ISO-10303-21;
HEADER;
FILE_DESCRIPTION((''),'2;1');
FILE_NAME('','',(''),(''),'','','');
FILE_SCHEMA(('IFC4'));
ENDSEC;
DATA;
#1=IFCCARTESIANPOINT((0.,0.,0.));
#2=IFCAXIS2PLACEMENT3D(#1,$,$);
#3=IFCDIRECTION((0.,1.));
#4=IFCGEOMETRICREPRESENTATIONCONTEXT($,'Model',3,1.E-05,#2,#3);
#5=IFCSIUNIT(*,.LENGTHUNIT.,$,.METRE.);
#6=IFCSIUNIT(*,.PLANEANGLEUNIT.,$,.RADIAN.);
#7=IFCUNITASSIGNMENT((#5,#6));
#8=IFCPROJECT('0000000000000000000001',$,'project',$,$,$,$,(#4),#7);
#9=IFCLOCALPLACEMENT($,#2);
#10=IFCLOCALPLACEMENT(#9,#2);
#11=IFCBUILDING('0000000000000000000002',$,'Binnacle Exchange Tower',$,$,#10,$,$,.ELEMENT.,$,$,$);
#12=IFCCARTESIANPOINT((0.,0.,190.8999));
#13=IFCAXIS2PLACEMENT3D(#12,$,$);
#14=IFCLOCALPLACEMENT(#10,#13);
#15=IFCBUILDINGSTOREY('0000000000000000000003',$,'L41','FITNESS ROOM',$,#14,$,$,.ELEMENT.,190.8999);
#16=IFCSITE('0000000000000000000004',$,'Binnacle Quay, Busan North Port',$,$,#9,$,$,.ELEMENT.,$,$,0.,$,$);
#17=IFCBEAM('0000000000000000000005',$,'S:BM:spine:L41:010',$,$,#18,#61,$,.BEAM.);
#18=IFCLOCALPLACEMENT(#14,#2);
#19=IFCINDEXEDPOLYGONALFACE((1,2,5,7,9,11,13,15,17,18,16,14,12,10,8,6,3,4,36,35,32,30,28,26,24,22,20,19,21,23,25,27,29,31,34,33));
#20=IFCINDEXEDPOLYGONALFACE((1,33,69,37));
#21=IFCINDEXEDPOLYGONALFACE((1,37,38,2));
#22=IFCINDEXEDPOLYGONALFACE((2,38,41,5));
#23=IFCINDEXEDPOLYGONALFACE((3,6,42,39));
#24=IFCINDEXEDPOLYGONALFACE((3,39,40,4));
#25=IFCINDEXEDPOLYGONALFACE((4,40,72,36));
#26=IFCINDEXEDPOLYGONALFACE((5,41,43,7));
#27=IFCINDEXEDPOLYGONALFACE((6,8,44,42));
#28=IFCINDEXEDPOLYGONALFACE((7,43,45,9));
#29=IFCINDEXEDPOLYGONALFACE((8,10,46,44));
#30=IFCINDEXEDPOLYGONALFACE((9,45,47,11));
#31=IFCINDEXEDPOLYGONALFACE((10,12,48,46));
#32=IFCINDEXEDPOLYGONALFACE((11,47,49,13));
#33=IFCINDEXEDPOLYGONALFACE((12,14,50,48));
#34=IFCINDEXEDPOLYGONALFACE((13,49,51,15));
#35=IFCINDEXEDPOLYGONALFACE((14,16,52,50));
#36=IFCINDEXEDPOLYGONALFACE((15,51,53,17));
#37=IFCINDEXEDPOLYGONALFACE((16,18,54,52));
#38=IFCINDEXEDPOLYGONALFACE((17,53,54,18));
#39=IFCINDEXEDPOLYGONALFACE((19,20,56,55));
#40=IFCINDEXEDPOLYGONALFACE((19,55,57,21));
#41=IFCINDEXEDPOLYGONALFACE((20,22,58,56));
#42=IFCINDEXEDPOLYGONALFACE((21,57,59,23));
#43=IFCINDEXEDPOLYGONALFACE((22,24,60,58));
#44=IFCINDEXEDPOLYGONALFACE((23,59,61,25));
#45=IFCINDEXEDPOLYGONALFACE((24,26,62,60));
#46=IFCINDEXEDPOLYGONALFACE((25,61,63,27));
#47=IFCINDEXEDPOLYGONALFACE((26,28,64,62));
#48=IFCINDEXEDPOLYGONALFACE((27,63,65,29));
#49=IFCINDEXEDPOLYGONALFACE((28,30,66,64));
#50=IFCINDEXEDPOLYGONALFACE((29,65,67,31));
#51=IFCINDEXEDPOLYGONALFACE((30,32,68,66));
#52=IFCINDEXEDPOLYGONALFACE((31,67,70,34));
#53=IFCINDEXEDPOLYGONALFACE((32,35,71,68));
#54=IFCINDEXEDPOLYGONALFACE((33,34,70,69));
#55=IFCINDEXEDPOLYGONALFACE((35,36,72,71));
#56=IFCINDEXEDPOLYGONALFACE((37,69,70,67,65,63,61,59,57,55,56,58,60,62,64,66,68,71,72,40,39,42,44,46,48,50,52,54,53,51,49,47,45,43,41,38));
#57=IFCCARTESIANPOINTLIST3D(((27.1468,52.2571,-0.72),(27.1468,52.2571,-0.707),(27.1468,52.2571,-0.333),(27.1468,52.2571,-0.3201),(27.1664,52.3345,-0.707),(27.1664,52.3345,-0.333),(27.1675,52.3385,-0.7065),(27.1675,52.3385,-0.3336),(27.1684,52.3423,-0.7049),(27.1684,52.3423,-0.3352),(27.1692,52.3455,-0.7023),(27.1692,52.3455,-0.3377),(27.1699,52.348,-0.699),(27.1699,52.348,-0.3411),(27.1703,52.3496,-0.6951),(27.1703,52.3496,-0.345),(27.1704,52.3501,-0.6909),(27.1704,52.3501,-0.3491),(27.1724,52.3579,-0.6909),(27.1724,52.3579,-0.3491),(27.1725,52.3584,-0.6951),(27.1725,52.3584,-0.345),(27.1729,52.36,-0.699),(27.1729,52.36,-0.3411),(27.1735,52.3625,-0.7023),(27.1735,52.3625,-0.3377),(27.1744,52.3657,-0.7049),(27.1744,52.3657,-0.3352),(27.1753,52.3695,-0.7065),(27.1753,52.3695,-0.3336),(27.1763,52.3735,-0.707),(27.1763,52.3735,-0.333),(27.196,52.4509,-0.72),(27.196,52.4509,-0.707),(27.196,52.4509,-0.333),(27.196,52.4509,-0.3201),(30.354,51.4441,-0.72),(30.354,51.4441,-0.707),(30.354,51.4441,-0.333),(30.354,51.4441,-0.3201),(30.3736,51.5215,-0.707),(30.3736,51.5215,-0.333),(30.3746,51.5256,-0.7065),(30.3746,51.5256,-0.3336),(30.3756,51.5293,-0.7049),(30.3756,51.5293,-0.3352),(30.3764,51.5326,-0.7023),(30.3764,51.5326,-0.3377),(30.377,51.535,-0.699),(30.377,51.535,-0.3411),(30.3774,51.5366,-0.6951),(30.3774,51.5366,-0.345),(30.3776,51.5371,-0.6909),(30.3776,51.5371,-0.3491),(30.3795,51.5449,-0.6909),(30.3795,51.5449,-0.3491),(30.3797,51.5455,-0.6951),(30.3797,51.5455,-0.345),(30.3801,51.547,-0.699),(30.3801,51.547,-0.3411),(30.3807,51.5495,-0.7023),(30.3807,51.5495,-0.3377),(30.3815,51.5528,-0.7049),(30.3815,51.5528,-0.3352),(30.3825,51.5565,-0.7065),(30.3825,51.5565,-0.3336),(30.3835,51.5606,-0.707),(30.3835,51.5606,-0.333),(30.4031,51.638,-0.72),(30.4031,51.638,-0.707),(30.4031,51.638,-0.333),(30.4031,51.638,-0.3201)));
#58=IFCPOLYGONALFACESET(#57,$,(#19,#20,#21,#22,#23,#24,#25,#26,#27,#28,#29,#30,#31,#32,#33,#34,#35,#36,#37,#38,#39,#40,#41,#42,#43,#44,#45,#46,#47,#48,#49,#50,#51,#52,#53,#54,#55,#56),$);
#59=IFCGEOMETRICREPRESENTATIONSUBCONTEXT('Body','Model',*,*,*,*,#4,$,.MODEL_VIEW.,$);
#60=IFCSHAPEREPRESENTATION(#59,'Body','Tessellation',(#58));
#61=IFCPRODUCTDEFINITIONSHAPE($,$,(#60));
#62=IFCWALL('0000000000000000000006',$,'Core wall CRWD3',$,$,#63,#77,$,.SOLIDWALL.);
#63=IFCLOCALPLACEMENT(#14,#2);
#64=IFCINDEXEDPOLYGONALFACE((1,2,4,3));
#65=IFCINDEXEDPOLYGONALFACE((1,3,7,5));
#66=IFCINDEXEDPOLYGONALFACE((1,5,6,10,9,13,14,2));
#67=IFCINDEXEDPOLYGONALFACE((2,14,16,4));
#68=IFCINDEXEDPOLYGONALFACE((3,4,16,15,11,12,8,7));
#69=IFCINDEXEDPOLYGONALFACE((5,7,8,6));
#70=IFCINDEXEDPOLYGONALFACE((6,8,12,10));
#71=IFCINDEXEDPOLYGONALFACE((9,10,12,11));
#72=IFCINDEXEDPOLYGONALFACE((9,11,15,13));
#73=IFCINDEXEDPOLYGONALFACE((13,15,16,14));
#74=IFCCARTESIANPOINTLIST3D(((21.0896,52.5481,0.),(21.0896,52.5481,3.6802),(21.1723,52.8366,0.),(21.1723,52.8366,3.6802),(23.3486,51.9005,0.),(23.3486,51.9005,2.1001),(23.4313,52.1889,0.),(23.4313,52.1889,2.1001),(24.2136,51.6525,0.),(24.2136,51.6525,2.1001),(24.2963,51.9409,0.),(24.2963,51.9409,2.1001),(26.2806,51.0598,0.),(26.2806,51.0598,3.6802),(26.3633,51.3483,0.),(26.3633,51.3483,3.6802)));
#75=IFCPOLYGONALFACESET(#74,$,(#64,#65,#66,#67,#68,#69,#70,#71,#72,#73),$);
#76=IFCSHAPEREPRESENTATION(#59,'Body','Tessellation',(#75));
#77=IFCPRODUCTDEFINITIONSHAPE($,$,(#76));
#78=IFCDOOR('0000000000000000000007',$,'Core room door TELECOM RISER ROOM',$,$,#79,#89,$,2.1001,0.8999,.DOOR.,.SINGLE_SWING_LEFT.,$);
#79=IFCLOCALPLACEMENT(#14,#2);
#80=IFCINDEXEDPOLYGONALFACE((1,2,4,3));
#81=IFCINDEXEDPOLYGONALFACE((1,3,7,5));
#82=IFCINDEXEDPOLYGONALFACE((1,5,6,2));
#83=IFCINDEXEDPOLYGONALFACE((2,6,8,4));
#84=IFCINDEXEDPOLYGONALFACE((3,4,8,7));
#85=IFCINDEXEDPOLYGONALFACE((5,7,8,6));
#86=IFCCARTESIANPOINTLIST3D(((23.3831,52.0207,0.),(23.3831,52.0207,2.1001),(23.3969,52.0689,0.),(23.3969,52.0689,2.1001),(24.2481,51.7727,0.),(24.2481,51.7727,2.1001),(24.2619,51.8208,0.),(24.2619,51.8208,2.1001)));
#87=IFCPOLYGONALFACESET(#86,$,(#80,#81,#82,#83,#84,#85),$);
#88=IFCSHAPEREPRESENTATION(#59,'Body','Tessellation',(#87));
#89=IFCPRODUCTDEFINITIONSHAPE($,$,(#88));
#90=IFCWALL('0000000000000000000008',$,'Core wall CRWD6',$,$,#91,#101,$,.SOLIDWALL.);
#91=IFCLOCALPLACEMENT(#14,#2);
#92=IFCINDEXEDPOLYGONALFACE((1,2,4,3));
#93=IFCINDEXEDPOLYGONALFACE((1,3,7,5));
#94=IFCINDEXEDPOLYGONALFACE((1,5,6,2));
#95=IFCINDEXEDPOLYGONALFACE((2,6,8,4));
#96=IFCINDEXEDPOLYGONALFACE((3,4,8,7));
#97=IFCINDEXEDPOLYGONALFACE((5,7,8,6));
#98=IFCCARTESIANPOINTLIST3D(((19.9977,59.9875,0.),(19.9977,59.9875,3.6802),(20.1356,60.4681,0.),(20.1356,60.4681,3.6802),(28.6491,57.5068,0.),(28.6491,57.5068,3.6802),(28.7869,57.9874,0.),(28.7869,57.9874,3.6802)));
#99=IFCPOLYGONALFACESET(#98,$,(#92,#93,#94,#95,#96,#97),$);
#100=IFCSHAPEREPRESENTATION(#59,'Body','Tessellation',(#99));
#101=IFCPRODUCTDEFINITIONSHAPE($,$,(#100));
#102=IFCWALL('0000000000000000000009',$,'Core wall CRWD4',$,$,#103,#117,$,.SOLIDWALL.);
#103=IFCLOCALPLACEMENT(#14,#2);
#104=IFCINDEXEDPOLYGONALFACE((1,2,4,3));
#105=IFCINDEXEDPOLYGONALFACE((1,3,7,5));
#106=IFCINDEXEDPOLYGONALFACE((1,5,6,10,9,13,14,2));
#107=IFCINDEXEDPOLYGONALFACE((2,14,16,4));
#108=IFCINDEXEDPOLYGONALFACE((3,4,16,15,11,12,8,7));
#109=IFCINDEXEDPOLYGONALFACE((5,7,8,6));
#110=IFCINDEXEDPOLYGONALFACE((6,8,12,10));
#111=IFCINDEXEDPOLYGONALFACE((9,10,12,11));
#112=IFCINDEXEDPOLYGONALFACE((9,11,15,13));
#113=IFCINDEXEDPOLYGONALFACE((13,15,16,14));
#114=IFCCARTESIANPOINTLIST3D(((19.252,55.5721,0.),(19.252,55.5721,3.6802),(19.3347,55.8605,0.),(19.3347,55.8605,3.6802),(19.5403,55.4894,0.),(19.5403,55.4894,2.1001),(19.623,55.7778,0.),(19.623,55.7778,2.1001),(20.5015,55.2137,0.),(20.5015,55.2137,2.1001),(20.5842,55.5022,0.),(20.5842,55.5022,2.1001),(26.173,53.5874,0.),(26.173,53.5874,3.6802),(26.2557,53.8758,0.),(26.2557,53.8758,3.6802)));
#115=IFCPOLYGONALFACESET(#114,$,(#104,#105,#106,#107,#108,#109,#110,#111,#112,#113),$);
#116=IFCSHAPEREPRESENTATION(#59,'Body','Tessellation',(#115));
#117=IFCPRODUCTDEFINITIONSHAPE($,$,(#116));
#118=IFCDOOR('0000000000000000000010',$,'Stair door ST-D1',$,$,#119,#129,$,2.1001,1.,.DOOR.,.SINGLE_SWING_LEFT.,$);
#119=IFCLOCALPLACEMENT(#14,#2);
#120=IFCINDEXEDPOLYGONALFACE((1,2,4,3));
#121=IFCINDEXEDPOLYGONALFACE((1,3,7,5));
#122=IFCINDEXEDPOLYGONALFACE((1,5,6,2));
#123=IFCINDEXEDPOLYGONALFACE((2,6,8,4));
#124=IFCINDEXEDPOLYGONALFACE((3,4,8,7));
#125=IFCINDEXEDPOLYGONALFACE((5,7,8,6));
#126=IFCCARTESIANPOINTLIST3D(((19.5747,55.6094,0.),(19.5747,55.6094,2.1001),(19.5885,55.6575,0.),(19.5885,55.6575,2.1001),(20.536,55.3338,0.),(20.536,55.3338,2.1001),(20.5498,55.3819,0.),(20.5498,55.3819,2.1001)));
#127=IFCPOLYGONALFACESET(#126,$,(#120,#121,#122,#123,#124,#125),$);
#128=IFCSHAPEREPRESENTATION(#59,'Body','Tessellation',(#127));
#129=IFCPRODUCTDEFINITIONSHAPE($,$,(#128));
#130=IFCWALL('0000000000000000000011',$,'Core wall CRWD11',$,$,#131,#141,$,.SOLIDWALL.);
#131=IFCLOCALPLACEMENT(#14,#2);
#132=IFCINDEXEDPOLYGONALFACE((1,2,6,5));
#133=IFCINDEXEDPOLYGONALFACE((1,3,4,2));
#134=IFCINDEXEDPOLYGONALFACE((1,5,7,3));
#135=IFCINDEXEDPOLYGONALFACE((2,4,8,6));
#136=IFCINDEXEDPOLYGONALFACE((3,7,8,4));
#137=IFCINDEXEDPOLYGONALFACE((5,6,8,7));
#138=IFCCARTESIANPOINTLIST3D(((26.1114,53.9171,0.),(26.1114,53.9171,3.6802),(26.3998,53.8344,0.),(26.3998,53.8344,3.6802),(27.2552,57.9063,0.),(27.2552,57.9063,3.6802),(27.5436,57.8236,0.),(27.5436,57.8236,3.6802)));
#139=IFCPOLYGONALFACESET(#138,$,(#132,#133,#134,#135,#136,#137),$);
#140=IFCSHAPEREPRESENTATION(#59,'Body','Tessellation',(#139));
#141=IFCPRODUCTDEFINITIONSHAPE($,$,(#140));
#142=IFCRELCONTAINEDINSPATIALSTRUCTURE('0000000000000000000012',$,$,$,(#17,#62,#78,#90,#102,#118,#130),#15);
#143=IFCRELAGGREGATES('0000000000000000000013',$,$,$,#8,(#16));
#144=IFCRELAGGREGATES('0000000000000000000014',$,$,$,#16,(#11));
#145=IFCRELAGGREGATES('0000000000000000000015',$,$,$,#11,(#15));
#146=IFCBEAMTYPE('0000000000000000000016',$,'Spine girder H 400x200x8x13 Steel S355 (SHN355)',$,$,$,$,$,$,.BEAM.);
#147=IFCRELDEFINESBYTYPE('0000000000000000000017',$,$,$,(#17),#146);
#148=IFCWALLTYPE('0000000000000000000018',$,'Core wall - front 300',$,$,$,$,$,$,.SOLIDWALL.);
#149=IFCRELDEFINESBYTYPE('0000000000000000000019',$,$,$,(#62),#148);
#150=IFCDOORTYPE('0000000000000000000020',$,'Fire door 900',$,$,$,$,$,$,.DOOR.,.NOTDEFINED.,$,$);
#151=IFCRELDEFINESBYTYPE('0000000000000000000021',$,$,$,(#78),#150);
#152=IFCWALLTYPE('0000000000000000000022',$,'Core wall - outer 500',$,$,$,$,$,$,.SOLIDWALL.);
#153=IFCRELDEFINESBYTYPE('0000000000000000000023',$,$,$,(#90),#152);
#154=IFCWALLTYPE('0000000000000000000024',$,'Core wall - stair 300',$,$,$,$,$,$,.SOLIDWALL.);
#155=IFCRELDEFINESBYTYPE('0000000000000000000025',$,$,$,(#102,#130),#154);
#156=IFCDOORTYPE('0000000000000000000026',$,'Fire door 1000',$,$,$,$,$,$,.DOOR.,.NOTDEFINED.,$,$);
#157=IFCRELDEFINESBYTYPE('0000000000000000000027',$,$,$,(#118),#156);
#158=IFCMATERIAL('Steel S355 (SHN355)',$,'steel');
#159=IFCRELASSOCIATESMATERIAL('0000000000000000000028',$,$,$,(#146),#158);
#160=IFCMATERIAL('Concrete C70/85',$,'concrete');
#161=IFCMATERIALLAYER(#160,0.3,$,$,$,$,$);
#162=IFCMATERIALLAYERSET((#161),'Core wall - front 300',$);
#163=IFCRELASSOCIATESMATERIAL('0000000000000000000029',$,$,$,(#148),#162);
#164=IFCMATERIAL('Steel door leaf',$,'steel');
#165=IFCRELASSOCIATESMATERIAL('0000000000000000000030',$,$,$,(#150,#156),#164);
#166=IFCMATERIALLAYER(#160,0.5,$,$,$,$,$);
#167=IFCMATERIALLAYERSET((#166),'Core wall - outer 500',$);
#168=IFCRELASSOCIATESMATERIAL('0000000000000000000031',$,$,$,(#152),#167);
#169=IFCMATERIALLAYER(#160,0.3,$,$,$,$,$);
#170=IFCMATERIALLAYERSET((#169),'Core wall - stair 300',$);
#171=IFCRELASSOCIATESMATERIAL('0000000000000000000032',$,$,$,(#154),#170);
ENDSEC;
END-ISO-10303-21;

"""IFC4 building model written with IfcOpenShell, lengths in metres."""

from ifc_helpers import new_model, si_unit, direction, frame, frame_2d, origin, origin_2d, place, context, subcontext, project, spatial, rectangle, i_section, extrude, material, layer, layer_set, material_profile, profile_set, type_object, element, fill, save


model = new_model("IFC4")

# Units and contexts
model_context = context("Model", 3, precision=1e-05, world=origin(), true_north=direction((0.0, 1.0)))
body_context = subcontext(model_context, "Body", "Model", "MODEL_VIEW")
ifc_project = project(units=[si_unit("LENGTHUNIT", "METRE"), si_unit("PLANEANGLEUNIT", "RADIAN")], contexts=[model_context])

# Site, building, storey
site_placement = place(None, origin())
site = spatial("IfcSite", under=ifc_project, at=site_placement, Name="Binnacle Quay, Busan North Port", CompositionType="ELEMENT", RefElevation=0.0)
building_placement = place(site_placement, origin())
building = spatial("IfcBuilding", under=site, at=building_placement, Name="Binnacle Exchange Tower", CompositionType="ELEMENT")
storey_placement = place(building_placement, frame((0.0, 0.0, 190.8999)))
storey = spatial("IfcBuildingStorey", under=building, at=storey_placement, Name="L41", Description="FITNESS ROOM", CompositionType="ELEMENT", Elevation=190.8999)

# Shared definitions
ifc_material_1 = material(Name="Concrete C70/85", Category="concrete")

# Beam
ifc_material_2 = material(Name="Steel S355 (SHN355)", Category="steel")
ifc_material_profile_1 = material_profile(ifc_material_2, i_section(OverallWidth=0.2, OverallDepth=0.3999, WebThickness=0.0081, FlangeThickness=0.0129, FilletRadius=0.0161, at=origin_2d()), Name="H 400x200x8x13")
ifc_profile_set_1 = profile_set([ifc_material_profile_1], Name="Steel S355 (SHN355)")
beam_type_1 = type_object("IfcBeamType", Name="Spine girder H 400x200x8x13 Steel S355 (SHN355)", PredefinedType="BEAM", material=ifc_profile_set_1)
beam_1_placement = place(storey_placement, frame((27.1714, 52.354, -0.52), z_axis=(0.969343, -0.245712, 0.0), x_axis=(0.245712, 0.969343, 0.0)))
element("IfcBeam", 1, at=beam_1_placement, inside=storey, type_object=beam_type_1, Name="S:BM:spine:L41:010", PredefinedType="BEAM", context=body_context, shape_type="SweptSolid", body=[
    extrude(i_section(OverallWidth=0.2, OverallDepth=0.3999, WebThickness=0.0081, FlangeThickness=0.0129, FilletRadius=0.0161, at=origin_2d()), origin(), (0.0, 0.0, 1.0), 3.3086),
])

# Wall, opening, door
ifc_layer_1 = layer(ifc_material_1, 0.3)
ifc_layer_set_1 = layer_set([ifc_layer_1], Name="Core wall - front 300")
wall_type_1 = type_object("IfcWallType", Name="Core wall - front 300", PredefinedType="SOLIDWALL", material=ifc_layer_set_1)
wall_1_placement = place(storey_placement, frame((21.1309, 52.6924, 0.0), z_axis=(0.0, 0.0, 1.0), x_axis=(0.961271, -0.275605, 0.0)))
wall_1 = element("IfcWall", 2, at=wall_1_placement, inside=storey, type_object=wall_type_1, Name="Core wall CRWD3", PredefinedType="SOLIDWALL", context=body_context, shape_type="SweptSolid", body=[
    extrude(rectangle(XDim=5.4001, YDim=0.3, at=frame_2d((2.7002, 0.0))), origin(), (0.0, 0.0, 1.0), 3.6802),
])
opening_1_placement = place(wall_1_placement, frame((2.3501, 0.0, 0.0)))
opening_1 = element("IfcOpeningElement", 3, at=opening_1_placement, cuts=wall_1, PredefinedType="OPENING", context=body_context, shape_type="SweptSolid", body=[
    extrude(rectangle(XDim=0.8999, YDim=2.1001, at=frame_2d((0.45, 1.05))), frame((0.0, 0.1599, 0.0), z_axis=(0.0, -1.0, 0.0), x_axis=(1.0, 0.0, 0.0)), (0.0, 0.0, 1.0), 0.3201),
])
ifc_material_3 = material(Name="Steel door leaf", Category="steel")
door_type_1 = type_object("IfcDoorType", Name="Fire door 900", OperationType="NOTDEFINED", PredefinedType="DOOR", material=ifc_material_3)
door_1_placement = place(opening_1_placement, frame((0.8999, 0.0, 0.0), z_axis=(0.0, 0.0, 1.0), x_axis=(-1.0, 0.0, 0.0)))
door_1 = element("IfcDoor", 4, at=door_1_placement, inside=storey, type_object=door_type_1, Name="Core room door TELECOM RISER ROOM", OperationType="SINGLE_SWING_LEFT", OverallHeight=2.1001, OverallWidth=0.8999, PredefinedType="DOOR", context=body_context, shape_type="SweptSolid", body=[
    extrude(rectangle(XDim=0.8999, YDim=2.1001, at=frame_2d((0.45, 1.05))), frame((0.0, 0.0249, 0.0), z_axis=(0.0, -1.0, 0.0), x_axis=(1.0, 0.0, 0.0)), (0.0, 0.0, 1.0), 0.05),
])
fill(opening_1, door_1)

# Wall
ifc_layer_2 = layer(ifc_material_1, 0.5)
ifc_layer_set_2 = layer_set([ifc_layer_2], Name="Core wall - outer 500")
wall_type_2 = type_object("IfcWallType", Name="Core wall - outer 500", PredefinedType="SOLIDWALL", material=ifc_layer_set_2)
wall_2_placement = place(storey_placement, frame((20.0667, 60.2278, 0.0), z_axis=(0.0, 0.0, 1.0), x_axis=(0.961262, -0.275635, 0.0)))
element("IfcWall", 5, at=wall_2_placement, inside=storey, type_object=wall_type_2, Name="Core wall CRWD6", PredefinedType="SOLIDWALL", context=body_context, shape_type="SweptSolid", body=[
    extrude(rectangle(XDim=9.0, YDim=0.5, at=frame_2d((4.5, 0.0))), origin(), (0.0, 0.0, 1.0), 3.6802),
])

# Wall, opening, door
ifc_layer_3 = layer(ifc_material_1, 0.3)
ifc_layer_set_3 = layer_set([ifc_layer_3], Name="Core wall - stair 300")
wall_type_3 = type_object("IfcWallType", Name="Core wall - stair 300", PredefinedType="SOLIDWALL", material=ifc_layer_set_3)
wall_3_placement = place(storey_placement, frame((19.2932, 55.7163, 0.0), z_axis=(0.0, 0.0, 1.0), x_axis=(0.961259, -0.275648, 0.0)))
wall_3 = element("IfcWall", 6, at=wall_3_placement, inside=storey, type_object=wall_type_3, Name="Core wall CRWD4", PredefinedType="SOLIDWALL", context=body_context, shape_type="SweptSolid", body=[
    extrude(rectangle(XDim=7.2, YDim=0.3, at=frame_2d((3.6001, 0.0))), origin(), (0.0, 0.0, 1.0), 3.6802),
])
opening_2_placement = place(wall_3_placement, frame((0.3, 0.0, 0.0)))
opening_2 = element("IfcOpeningElement", 7, at=opening_2_placement, cuts=wall_3, PredefinedType="OPENING", context=body_context, shape_type="SweptSolid", body=[
    extrude(rectangle(XDim=1.0, YDim=2.1001, at=frame_2d((0.5, 1.05))), frame((0.0, 0.1599, 0.0), z_axis=(0.0, -1.0, 0.0), x_axis=(1.0, 0.0, 0.0)), (0.0, 0.0, 1.0), 0.3201),
])
door_type_2 = type_object("IfcDoorType", Name="Fire door 1000", OperationType="NOTDEFINED", PredefinedType="DOOR", material=ifc_material_3)
door_2_placement = place(opening_2_placement, origin())
door_2 = element("IfcDoor", 8, at=door_2_placement, inside=storey, type_object=door_type_2, Name="Stair door ST-D1", OperationType="SINGLE_SWING_LEFT", OverallHeight=2.1001, OverallWidth=1.0, PredefinedType="DOOR", context=body_context, shape_type="SweptSolid", body=[
    extrude(rectangle(XDim=1.0, YDim=2.1001, at=frame_2d((0.5, 1.05))), frame((0.0, 0.0249, 0.0), z_axis=(0.0, -1.0, 0.0), x_axis=(1.0, 0.0, 0.0)), (0.0, 0.0, 1.0), 0.05),
])
fill(opening_2, door_2)

# Wall
wall_4_placement = place(storey_placement, frame((26.2556, 53.8757, 0.0), z_axis=(0.0, 0.0, 1.0), x_axis=(0.275615, 0.961268, 0.0)))
element("IfcWall", 9, at=wall_4_placement, inside=storey, type_object=wall_type_3, Name="Core wall CRWD11", PredefinedType="SOLIDWALL", context=body_context, shape_type="SweptSolid", body=[
    extrude(rectangle(XDim=4.1499, YDim=0.3, at=frame_2d((2.075, 0.0))), origin(), (0.0, 0.0, 1.0), 3.6802),
])

save(model, "model.ifc")
